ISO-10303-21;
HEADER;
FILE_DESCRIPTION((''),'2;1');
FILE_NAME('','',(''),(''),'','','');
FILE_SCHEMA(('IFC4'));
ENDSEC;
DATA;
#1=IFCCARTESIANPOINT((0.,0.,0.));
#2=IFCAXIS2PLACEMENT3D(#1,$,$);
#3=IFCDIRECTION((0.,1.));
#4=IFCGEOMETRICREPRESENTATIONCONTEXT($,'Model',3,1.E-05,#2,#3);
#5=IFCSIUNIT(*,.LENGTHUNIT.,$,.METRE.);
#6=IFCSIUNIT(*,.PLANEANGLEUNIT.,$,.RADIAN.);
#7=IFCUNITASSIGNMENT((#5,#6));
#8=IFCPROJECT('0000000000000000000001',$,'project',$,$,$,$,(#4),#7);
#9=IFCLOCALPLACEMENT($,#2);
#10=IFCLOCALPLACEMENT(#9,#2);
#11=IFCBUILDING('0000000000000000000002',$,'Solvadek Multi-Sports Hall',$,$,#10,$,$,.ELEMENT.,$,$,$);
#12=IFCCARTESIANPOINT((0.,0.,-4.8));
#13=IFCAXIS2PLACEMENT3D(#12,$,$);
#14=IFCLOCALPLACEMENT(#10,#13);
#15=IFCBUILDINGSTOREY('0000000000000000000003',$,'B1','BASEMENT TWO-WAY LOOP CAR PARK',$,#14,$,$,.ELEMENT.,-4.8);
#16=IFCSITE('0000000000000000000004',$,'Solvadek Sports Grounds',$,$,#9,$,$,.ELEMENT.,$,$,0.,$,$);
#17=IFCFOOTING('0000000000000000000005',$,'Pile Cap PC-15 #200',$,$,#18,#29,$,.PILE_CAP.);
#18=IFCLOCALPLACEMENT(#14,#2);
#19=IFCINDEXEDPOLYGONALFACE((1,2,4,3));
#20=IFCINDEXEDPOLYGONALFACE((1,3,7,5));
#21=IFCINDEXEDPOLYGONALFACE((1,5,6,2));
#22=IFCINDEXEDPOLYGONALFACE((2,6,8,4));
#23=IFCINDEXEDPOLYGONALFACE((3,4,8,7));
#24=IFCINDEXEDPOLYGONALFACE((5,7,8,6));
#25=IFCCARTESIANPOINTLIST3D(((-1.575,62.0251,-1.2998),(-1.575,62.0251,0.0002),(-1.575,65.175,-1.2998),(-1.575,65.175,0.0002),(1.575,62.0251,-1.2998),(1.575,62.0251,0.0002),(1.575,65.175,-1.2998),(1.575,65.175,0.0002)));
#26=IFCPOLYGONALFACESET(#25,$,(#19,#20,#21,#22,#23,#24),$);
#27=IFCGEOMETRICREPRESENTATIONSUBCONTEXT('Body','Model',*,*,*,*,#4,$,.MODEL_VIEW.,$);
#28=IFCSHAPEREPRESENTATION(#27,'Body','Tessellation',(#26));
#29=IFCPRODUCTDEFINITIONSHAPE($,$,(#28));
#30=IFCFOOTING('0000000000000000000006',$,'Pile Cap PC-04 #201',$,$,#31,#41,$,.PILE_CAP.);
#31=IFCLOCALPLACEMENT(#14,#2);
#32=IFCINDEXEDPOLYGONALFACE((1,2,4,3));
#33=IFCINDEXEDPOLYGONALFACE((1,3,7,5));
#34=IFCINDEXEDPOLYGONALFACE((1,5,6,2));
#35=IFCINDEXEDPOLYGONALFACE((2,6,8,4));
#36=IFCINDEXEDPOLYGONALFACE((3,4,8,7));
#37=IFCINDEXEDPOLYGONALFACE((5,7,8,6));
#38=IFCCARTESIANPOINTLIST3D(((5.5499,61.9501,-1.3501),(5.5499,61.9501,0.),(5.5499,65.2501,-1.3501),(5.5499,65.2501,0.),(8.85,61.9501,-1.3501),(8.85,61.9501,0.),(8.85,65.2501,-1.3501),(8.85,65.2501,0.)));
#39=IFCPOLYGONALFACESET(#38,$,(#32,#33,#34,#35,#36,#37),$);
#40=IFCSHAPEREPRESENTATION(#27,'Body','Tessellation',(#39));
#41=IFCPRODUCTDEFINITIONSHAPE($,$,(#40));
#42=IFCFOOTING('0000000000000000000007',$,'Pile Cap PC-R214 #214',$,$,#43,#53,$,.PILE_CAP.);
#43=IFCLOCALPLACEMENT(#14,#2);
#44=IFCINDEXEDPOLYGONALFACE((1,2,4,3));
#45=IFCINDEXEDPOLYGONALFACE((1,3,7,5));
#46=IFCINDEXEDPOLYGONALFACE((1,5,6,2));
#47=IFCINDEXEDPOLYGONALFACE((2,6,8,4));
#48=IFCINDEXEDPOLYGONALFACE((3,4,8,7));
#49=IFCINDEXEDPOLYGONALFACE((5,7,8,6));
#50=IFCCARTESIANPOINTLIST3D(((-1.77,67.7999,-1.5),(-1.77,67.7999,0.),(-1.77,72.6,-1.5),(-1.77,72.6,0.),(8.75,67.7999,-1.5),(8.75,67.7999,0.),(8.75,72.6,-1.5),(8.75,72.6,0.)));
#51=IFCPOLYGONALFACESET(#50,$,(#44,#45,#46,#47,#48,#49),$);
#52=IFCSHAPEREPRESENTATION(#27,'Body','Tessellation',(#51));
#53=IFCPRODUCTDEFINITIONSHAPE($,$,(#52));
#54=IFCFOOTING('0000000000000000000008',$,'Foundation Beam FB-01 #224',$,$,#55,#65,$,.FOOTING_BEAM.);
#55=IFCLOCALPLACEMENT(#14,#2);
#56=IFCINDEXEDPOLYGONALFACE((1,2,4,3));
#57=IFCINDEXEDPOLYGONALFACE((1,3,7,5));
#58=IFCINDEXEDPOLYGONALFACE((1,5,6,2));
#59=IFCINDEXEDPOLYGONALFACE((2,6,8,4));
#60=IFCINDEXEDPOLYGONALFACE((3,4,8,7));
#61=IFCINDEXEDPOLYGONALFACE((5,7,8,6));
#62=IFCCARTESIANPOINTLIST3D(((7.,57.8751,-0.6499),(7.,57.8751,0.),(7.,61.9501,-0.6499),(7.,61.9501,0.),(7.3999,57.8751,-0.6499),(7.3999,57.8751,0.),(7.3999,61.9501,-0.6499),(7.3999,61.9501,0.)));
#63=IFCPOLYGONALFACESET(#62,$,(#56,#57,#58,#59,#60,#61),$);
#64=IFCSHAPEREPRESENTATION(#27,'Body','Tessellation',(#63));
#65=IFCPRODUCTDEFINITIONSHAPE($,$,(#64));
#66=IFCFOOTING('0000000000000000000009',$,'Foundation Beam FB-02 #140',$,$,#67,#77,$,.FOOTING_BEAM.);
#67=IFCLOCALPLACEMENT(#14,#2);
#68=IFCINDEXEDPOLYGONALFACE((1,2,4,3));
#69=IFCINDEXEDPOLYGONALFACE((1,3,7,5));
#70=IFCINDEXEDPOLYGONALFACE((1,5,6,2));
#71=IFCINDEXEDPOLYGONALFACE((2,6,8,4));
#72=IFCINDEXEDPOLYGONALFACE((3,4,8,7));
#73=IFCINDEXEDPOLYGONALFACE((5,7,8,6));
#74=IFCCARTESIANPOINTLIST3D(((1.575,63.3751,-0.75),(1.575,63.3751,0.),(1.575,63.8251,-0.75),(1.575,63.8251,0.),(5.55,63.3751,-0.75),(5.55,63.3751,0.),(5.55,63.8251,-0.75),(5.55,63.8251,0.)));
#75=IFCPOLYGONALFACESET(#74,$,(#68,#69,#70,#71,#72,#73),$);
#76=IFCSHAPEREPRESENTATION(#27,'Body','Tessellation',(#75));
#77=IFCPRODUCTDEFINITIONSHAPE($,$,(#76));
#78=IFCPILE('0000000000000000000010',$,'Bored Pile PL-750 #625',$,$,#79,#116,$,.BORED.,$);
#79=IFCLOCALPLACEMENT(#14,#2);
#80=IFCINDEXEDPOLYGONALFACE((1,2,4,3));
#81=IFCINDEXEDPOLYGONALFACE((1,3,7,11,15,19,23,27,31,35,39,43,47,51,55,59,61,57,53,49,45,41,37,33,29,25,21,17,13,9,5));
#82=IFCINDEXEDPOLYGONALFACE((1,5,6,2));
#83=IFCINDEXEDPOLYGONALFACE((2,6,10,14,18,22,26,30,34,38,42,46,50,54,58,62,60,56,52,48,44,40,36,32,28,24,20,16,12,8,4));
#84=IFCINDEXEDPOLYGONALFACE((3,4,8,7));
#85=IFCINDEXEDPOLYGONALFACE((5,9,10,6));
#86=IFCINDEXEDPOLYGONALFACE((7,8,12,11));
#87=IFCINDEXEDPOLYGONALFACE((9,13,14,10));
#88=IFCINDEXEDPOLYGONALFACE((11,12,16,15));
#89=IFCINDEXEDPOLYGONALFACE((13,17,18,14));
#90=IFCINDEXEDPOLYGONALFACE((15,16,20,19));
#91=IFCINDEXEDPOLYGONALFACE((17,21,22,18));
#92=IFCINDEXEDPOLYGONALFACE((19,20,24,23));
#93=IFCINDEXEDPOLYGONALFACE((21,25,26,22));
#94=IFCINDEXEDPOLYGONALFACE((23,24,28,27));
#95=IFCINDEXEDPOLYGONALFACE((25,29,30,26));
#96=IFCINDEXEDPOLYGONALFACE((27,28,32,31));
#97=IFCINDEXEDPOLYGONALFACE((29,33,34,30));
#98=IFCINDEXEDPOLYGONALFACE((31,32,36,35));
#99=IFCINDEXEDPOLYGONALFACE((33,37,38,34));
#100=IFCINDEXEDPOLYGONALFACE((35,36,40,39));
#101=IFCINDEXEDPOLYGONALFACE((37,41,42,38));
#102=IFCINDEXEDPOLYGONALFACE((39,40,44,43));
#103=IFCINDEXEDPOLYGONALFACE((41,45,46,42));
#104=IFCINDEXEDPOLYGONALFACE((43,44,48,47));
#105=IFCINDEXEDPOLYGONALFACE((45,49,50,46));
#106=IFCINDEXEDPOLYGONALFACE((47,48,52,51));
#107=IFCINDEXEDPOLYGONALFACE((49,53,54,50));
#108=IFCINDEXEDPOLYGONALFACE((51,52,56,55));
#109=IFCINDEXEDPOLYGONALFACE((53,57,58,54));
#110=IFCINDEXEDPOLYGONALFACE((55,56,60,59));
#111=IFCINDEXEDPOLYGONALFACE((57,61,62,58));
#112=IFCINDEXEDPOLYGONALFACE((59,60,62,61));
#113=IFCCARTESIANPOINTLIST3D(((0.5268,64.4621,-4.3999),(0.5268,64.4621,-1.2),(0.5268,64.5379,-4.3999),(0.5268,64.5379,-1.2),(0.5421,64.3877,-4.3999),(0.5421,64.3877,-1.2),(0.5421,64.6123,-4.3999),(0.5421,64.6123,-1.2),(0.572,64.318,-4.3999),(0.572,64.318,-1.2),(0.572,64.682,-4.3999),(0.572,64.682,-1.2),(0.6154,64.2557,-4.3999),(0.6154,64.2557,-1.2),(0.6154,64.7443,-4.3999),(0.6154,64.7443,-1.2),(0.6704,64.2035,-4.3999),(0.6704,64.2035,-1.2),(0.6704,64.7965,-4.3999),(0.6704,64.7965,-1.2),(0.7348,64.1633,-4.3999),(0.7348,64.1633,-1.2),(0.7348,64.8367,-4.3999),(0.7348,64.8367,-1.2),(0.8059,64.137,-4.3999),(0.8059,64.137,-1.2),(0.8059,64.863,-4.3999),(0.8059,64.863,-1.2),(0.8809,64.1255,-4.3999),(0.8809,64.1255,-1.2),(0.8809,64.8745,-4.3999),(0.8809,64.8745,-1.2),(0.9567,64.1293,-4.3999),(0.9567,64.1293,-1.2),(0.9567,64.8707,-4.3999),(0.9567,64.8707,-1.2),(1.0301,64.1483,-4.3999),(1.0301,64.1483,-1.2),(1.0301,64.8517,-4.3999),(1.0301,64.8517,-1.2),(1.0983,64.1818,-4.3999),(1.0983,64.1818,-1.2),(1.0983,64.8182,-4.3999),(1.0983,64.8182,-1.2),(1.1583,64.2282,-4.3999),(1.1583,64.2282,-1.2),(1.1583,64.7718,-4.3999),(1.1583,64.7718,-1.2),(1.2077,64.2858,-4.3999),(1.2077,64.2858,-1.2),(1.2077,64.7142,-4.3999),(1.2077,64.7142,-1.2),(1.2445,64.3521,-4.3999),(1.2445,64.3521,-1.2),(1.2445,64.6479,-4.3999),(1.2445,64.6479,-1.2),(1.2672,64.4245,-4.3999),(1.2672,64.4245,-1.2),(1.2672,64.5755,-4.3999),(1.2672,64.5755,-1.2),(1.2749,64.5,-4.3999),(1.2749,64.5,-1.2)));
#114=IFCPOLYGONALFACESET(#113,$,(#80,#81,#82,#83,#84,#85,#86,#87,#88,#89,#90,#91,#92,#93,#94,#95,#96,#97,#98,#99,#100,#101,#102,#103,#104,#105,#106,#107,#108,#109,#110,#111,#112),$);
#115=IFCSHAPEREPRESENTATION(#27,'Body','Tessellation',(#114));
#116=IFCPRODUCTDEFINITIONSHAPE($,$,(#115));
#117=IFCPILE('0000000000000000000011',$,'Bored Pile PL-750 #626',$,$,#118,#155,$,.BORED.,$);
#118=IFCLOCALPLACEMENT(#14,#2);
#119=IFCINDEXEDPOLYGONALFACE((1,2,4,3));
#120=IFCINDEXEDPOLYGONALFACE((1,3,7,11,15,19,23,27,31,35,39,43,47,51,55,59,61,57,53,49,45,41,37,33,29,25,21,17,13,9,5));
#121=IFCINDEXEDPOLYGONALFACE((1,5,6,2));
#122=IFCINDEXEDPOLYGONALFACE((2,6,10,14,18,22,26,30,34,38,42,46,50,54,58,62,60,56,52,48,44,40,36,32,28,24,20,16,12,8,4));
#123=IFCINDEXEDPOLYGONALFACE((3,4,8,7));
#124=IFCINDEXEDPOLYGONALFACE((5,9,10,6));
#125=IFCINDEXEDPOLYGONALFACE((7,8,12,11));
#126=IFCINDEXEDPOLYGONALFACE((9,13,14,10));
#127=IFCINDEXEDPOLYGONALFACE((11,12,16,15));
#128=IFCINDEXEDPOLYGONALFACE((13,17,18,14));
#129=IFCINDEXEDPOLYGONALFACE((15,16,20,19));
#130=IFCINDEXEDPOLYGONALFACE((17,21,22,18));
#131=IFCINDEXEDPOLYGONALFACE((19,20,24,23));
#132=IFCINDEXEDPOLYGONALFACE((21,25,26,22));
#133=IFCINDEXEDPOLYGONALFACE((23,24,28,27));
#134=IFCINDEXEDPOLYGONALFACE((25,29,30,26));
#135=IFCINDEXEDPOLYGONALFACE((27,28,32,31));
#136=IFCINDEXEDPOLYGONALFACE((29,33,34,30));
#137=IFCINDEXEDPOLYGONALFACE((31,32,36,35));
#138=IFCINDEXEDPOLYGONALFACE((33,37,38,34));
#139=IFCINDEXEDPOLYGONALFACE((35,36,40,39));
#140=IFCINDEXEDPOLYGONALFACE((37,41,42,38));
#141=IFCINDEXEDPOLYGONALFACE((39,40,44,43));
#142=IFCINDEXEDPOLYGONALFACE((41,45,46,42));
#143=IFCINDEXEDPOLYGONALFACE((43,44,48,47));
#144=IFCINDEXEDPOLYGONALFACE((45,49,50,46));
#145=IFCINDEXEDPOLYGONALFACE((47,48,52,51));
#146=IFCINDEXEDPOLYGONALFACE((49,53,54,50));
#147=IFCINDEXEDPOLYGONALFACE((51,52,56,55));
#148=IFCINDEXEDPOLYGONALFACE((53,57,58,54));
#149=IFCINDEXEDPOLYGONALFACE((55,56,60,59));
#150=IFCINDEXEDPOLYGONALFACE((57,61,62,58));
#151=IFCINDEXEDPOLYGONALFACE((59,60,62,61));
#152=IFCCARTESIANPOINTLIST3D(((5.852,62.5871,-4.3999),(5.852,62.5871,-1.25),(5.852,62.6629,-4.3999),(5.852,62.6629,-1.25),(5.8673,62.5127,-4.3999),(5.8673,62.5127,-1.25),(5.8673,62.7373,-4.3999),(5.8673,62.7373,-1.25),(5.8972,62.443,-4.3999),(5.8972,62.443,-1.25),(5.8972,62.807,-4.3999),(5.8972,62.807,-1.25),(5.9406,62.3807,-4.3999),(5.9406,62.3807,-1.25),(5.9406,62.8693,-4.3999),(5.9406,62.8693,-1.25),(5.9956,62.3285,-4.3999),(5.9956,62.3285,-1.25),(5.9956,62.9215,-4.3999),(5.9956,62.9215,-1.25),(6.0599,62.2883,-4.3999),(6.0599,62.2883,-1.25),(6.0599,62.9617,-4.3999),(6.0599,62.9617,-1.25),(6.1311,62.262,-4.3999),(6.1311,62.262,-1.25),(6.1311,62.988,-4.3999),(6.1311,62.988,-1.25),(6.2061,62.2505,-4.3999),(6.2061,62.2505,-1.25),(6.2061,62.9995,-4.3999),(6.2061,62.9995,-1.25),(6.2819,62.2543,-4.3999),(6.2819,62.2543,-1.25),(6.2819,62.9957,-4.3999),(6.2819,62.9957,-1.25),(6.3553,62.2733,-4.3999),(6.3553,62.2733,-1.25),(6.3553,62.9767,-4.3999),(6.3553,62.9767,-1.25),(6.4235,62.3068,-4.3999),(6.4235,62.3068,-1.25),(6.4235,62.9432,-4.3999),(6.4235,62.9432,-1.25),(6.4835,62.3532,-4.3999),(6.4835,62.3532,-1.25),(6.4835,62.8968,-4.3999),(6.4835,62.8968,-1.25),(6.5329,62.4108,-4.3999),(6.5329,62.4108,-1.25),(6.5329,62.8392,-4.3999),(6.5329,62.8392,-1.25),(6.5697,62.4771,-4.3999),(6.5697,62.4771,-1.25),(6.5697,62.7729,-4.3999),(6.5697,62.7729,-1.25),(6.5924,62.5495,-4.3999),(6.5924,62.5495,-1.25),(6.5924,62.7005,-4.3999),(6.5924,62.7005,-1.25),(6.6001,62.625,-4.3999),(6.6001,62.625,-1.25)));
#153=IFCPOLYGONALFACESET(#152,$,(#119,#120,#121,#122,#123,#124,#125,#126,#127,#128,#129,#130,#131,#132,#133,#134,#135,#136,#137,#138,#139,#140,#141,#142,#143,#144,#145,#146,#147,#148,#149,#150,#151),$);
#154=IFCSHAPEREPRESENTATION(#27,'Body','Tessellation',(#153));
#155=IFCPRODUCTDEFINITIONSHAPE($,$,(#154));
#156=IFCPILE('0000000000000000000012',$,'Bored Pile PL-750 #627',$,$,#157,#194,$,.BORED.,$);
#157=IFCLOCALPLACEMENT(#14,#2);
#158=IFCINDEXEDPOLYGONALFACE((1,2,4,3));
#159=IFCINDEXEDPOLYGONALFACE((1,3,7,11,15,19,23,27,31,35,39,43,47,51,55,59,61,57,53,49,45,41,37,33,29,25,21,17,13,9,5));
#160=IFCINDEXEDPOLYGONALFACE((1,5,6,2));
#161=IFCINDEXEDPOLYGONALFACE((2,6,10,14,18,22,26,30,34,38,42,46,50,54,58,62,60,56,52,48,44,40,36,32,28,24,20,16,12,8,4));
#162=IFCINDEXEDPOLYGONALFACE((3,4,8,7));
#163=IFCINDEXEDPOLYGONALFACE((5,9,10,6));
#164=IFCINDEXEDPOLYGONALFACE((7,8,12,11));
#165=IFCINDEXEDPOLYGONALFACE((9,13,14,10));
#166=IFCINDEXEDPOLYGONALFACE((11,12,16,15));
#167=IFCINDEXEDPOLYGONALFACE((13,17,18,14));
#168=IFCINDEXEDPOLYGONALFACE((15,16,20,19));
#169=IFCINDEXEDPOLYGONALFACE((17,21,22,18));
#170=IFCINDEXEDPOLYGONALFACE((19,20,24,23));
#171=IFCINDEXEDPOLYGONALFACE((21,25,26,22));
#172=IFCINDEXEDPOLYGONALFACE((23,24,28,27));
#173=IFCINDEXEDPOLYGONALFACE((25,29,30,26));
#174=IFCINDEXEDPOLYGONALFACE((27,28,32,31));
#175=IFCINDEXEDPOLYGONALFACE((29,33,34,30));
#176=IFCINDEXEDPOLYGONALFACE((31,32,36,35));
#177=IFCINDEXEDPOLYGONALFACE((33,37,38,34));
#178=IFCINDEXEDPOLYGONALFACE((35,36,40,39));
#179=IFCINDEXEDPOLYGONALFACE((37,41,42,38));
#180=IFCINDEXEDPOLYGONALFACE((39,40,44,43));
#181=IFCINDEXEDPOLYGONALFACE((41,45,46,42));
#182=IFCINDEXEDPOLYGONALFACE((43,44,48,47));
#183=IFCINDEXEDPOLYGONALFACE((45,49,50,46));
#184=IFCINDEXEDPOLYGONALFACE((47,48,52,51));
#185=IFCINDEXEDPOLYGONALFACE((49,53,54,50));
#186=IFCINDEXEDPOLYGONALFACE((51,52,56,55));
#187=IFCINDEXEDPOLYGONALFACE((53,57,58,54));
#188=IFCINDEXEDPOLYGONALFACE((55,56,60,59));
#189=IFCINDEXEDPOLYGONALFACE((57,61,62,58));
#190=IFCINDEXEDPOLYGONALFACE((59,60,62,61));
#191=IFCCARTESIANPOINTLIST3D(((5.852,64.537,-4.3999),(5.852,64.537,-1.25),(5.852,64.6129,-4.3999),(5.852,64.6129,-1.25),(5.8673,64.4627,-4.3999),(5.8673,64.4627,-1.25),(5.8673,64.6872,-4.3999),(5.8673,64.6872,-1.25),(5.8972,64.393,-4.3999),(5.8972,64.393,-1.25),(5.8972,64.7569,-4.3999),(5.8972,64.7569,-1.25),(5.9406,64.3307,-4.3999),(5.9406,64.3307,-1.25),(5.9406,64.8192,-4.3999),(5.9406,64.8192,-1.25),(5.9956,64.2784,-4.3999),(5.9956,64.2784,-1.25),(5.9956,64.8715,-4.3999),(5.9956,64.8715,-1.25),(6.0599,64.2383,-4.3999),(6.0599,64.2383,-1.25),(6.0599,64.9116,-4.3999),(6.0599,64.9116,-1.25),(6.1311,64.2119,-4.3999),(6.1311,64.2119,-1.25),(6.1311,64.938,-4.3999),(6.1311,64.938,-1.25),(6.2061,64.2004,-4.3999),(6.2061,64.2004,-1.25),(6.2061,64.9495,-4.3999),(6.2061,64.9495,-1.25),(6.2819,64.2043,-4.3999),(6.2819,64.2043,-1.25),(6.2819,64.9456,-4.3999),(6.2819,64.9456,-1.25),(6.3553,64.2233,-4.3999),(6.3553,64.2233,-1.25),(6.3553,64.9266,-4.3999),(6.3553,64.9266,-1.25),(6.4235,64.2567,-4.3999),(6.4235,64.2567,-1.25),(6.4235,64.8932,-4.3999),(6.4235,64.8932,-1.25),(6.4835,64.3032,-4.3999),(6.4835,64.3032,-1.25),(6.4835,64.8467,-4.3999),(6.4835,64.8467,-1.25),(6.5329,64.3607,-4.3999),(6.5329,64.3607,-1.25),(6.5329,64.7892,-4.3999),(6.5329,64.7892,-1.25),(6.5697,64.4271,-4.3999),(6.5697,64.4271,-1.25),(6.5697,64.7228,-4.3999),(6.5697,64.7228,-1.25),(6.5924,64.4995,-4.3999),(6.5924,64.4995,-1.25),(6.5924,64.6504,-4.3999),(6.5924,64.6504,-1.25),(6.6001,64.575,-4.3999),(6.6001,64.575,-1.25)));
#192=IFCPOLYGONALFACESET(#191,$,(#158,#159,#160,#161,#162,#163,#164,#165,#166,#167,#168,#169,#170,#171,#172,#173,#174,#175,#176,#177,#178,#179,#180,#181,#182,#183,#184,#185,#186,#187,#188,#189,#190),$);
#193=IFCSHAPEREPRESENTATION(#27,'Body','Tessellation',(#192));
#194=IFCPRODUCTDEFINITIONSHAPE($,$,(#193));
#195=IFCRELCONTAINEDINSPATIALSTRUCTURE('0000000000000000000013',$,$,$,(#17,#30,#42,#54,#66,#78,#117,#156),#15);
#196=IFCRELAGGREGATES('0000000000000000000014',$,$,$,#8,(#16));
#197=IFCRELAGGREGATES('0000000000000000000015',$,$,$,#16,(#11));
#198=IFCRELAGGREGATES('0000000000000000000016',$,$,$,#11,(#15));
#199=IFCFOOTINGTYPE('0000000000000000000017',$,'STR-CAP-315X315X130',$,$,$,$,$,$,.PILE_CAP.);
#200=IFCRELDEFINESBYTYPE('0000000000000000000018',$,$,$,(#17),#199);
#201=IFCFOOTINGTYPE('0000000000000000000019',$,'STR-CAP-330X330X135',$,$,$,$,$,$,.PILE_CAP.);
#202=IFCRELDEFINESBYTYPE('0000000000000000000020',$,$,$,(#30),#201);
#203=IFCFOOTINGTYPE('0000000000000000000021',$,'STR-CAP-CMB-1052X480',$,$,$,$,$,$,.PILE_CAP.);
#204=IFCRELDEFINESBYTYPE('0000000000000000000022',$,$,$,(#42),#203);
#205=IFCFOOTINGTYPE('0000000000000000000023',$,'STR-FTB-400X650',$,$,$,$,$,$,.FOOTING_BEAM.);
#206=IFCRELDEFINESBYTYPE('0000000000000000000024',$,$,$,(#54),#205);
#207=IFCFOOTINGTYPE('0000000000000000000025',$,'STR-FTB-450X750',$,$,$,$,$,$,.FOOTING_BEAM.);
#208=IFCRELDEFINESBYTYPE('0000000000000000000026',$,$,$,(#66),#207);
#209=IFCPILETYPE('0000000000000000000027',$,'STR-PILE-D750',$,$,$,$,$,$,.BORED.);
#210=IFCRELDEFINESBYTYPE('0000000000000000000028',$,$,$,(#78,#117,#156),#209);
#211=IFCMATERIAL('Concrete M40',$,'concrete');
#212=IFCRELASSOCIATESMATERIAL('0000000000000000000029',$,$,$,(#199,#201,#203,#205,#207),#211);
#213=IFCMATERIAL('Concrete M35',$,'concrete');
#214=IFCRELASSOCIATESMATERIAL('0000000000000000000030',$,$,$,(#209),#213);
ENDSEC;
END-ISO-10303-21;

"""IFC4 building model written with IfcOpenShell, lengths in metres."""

from ifc_helpers import new_model, si_unit, direction, frame, origin, origin_2d, place, context, subcontext, project, spatial, rectangle, circle, extrude, material, material_profile, profile_set, type_object, element, save


model = new_model("IFC4")

# Units and contexts
model_context = context("Model", 3, precision=1e-05, world=origin(), true_north=direction((0.0, 1.0)))
body_context = subcontext(model_context, "Body", "Model", "MODEL_VIEW")
ifc_project = project(units=[si_unit("LENGTHUNIT", "METRE"), si_unit("PLANEANGLEUNIT", "RADIAN")], contexts=[model_context])

# Site, building, storey
site_placement = place(None, origin())
site = spatial("IfcSite", under=ifc_project, at=site_placement, Name="Solvadek Sports Grounds", CompositionType="ELEMENT", RefElevation=0.0)
building_placement = place(site_placement, origin())
building = spatial("IfcBuilding", under=site, at=building_placement, Name="Solvadek Multi-Sports Hall", CompositionType="ELEMENT")
storey_placement = place(building_placement, frame((0.0, 0.0, -4.8)))
storey = spatial("IfcBuildingStorey", under=building, at=storey_placement, Name="B1", Description="BASEMENT TWO-WAY LOOP CAR PARK", CompositionType="ELEMENT", Elevation=-4.8)

# Footings
ifc_material_1 = material(Name="Concrete M40", Category="concrete")
footing_type_1 = type_object("IfcFootingType", Name="STR-CAP-315X315X130", PredefinedType="PILE_CAP", material=ifc_material_1)
footing_1_placement = place(storey_placement, frame((0.0, 63.6001, -1.2998), z_axis=(0.0, 0.0, 1.0), x_axis=(1.0, 0.0, 0.0)))
element("IfcFooting", 1, at=footing_1_placement, inside=storey, type_object=footing_type_1, Name="Pile Cap PC-15 #200", PredefinedType="PILE_CAP", context=body_context, shape_type="SweptSolid", body=[
    extrude(rectangle(XDim=3.1499, YDim=3.1499, at=origin_2d()), origin(), (0.0, 0.0, 1.0), 1.3),
])
footing_type_2 = type_object("IfcFootingType", Name="STR-CAP-330X330X135", PredefinedType="PILE_CAP", material=ifc_material_1)
footing_2_placement = place(storey_placement, frame((7.2, 63.6001, -1.3501), z_axis=(0.0, 0.0, 1.0), x_axis=(1.0, 0.0, 0.0)))
element("IfcFooting", 2, at=footing_2_placement, inside=storey, type_object=footing_type_2, Name="Pile Cap PC-04 #201", PredefinedType="PILE_CAP", context=body_context, shape_type="SweptSolid", body=[
    extrude(rectangle(XDim=3.3, YDim=3.3, at=origin_2d()), origin(), (0.0, 0.0, 1.0), 1.3501),
])
footing_type_3 = type_object("IfcFootingType", Name="STR-CAP-CMB-1052X480", PredefinedType="PILE_CAP", material=ifc_material_1)
footing_3_placement = place(storey_placement, frame((3.49, 70.2, -1.5), z_axis=(0.0, 0.0, 1.0), x_axis=(1.0, 0.0, 0.0)))
element("IfcFooting", 3, at=footing_3_placement, inside=storey, type_object=footing_type_3, Name="Pile Cap PC-R214 #214", PredefinedType="PILE_CAP", context=body_context, shape_type="SweptSolid", body=[
    extrude(rectangle(XDim=10.52, YDim=4.8, at=origin_2d()), origin(), (0.0, 0.0, 1.0), 1.5),
])
footing_type_4 = type_object("IfcFootingType", Name="STR-FTB-400X650", PredefinedType="FOOTING_BEAM", material=ifc_material_1)
footing_4_placement = place(storey_placement, frame((7.2, 59.9126, -0.6499), z_axis=(0.0, 0.0, 1.0), x_axis=(0.0, 1.0, 0.0)))
element("IfcFooting", 4, at=footing_4_placement, inside=storey, type_object=footing_type_4, Name="Foundation Beam FB-01 #224", PredefinedType="FOOTING_BEAM", context=body_context, shape_type="SweptSolid", body=[
    extrude(rectangle(XDim=4.075, YDim=0.3999, at=origin_2d()), origin(), (0.0, 0.0, 1.0), 0.6499),
])
footing_type_5 = type_object("IfcFootingType", Name="STR-FTB-450X750", PredefinedType="FOOTING_BEAM", material=ifc_material_1)
footing_5_placement = place(storey_placement, frame((3.5625, 63.6001, -0.75), z_axis=(0.0, 0.0, 1.0), x_axis=(1.0, 0.0, 0.0)))
element("IfcFooting", 5, at=footing_5_placement, inside=storey, type_object=footing_type_5, Name="Foundation Beam FB-02 #140", PredefinedType="FOOTING_BEAM", context=body_context, shape_type="SweptSolid", body=[
    extrude(rectangle(XDim=3.9751, YDim=0.45, at=origin_2d()), origin(), (0.0, 0.0, 1.0), 0.75),
])

# Piles
ifc_material_2 = material(Name="Concrete M35", Category="concrete")
ifc_material_profile_1 = material_profile(ifc_material_2, circle(Radius=0.375, at=origin_2d()), Name="BORED PILE D750")
ifc_profile_set_1 = profile_set([ifc_material_profile_1], Name="Concrete M35")
pile_type_1 = type_object("IfcPileType", Name="STR-PILE-D750", PredefinedType="BORED", material=ifc_profile_set_1)
pile_1_placement = place(storey_placement, frame((0.8999, 64.5, -1.2), z_axis=(0.0, 0.0, -1.0), x_axis=(1.0, 0.0, 0.0)))
element("IfcPile", 6, at=pile_1_placement, inside=storey, type_object=pile_type_1, Name="Bored Pile PL-750 #625", PredefinedType="BORED", context=body_context, shape_type="SweptSolid", body=[
    extrude(circle(Radius=0.375, at=origin_2d()), origin(), (0.0, 0.0, 1.0), 3.2),
])
for number, where, z_axis, x_axis, name in (
    (7, (6.2251, 62.625, -1.25), (0.0, 0.0, -1.0), (1.0, 0.0, 0.0), "Bored Pile PL-750 #626"),
    (8, (6.2251, 64.575, -1.25), (0.0, 0.0, -1.0), (1.0, 0.0, 0.0), "Bored Pile PL-750 #627"),
):
    element("IfcPile", number, at=place(storey_placement, frame(where, z_axis=z_axis, x_axis=x_axis)), inside=storey, type_object=pile_type_1, Name=name, PredefinedType="BORED", context=body_context, shape_type="SweptSolid", body=[
        extrude(circle(Radius=0.375, at=origin_2d()), origin(), (0.0, 0.0, 1.0), 3.1499),
    ])

save(model, "model.ifc")
